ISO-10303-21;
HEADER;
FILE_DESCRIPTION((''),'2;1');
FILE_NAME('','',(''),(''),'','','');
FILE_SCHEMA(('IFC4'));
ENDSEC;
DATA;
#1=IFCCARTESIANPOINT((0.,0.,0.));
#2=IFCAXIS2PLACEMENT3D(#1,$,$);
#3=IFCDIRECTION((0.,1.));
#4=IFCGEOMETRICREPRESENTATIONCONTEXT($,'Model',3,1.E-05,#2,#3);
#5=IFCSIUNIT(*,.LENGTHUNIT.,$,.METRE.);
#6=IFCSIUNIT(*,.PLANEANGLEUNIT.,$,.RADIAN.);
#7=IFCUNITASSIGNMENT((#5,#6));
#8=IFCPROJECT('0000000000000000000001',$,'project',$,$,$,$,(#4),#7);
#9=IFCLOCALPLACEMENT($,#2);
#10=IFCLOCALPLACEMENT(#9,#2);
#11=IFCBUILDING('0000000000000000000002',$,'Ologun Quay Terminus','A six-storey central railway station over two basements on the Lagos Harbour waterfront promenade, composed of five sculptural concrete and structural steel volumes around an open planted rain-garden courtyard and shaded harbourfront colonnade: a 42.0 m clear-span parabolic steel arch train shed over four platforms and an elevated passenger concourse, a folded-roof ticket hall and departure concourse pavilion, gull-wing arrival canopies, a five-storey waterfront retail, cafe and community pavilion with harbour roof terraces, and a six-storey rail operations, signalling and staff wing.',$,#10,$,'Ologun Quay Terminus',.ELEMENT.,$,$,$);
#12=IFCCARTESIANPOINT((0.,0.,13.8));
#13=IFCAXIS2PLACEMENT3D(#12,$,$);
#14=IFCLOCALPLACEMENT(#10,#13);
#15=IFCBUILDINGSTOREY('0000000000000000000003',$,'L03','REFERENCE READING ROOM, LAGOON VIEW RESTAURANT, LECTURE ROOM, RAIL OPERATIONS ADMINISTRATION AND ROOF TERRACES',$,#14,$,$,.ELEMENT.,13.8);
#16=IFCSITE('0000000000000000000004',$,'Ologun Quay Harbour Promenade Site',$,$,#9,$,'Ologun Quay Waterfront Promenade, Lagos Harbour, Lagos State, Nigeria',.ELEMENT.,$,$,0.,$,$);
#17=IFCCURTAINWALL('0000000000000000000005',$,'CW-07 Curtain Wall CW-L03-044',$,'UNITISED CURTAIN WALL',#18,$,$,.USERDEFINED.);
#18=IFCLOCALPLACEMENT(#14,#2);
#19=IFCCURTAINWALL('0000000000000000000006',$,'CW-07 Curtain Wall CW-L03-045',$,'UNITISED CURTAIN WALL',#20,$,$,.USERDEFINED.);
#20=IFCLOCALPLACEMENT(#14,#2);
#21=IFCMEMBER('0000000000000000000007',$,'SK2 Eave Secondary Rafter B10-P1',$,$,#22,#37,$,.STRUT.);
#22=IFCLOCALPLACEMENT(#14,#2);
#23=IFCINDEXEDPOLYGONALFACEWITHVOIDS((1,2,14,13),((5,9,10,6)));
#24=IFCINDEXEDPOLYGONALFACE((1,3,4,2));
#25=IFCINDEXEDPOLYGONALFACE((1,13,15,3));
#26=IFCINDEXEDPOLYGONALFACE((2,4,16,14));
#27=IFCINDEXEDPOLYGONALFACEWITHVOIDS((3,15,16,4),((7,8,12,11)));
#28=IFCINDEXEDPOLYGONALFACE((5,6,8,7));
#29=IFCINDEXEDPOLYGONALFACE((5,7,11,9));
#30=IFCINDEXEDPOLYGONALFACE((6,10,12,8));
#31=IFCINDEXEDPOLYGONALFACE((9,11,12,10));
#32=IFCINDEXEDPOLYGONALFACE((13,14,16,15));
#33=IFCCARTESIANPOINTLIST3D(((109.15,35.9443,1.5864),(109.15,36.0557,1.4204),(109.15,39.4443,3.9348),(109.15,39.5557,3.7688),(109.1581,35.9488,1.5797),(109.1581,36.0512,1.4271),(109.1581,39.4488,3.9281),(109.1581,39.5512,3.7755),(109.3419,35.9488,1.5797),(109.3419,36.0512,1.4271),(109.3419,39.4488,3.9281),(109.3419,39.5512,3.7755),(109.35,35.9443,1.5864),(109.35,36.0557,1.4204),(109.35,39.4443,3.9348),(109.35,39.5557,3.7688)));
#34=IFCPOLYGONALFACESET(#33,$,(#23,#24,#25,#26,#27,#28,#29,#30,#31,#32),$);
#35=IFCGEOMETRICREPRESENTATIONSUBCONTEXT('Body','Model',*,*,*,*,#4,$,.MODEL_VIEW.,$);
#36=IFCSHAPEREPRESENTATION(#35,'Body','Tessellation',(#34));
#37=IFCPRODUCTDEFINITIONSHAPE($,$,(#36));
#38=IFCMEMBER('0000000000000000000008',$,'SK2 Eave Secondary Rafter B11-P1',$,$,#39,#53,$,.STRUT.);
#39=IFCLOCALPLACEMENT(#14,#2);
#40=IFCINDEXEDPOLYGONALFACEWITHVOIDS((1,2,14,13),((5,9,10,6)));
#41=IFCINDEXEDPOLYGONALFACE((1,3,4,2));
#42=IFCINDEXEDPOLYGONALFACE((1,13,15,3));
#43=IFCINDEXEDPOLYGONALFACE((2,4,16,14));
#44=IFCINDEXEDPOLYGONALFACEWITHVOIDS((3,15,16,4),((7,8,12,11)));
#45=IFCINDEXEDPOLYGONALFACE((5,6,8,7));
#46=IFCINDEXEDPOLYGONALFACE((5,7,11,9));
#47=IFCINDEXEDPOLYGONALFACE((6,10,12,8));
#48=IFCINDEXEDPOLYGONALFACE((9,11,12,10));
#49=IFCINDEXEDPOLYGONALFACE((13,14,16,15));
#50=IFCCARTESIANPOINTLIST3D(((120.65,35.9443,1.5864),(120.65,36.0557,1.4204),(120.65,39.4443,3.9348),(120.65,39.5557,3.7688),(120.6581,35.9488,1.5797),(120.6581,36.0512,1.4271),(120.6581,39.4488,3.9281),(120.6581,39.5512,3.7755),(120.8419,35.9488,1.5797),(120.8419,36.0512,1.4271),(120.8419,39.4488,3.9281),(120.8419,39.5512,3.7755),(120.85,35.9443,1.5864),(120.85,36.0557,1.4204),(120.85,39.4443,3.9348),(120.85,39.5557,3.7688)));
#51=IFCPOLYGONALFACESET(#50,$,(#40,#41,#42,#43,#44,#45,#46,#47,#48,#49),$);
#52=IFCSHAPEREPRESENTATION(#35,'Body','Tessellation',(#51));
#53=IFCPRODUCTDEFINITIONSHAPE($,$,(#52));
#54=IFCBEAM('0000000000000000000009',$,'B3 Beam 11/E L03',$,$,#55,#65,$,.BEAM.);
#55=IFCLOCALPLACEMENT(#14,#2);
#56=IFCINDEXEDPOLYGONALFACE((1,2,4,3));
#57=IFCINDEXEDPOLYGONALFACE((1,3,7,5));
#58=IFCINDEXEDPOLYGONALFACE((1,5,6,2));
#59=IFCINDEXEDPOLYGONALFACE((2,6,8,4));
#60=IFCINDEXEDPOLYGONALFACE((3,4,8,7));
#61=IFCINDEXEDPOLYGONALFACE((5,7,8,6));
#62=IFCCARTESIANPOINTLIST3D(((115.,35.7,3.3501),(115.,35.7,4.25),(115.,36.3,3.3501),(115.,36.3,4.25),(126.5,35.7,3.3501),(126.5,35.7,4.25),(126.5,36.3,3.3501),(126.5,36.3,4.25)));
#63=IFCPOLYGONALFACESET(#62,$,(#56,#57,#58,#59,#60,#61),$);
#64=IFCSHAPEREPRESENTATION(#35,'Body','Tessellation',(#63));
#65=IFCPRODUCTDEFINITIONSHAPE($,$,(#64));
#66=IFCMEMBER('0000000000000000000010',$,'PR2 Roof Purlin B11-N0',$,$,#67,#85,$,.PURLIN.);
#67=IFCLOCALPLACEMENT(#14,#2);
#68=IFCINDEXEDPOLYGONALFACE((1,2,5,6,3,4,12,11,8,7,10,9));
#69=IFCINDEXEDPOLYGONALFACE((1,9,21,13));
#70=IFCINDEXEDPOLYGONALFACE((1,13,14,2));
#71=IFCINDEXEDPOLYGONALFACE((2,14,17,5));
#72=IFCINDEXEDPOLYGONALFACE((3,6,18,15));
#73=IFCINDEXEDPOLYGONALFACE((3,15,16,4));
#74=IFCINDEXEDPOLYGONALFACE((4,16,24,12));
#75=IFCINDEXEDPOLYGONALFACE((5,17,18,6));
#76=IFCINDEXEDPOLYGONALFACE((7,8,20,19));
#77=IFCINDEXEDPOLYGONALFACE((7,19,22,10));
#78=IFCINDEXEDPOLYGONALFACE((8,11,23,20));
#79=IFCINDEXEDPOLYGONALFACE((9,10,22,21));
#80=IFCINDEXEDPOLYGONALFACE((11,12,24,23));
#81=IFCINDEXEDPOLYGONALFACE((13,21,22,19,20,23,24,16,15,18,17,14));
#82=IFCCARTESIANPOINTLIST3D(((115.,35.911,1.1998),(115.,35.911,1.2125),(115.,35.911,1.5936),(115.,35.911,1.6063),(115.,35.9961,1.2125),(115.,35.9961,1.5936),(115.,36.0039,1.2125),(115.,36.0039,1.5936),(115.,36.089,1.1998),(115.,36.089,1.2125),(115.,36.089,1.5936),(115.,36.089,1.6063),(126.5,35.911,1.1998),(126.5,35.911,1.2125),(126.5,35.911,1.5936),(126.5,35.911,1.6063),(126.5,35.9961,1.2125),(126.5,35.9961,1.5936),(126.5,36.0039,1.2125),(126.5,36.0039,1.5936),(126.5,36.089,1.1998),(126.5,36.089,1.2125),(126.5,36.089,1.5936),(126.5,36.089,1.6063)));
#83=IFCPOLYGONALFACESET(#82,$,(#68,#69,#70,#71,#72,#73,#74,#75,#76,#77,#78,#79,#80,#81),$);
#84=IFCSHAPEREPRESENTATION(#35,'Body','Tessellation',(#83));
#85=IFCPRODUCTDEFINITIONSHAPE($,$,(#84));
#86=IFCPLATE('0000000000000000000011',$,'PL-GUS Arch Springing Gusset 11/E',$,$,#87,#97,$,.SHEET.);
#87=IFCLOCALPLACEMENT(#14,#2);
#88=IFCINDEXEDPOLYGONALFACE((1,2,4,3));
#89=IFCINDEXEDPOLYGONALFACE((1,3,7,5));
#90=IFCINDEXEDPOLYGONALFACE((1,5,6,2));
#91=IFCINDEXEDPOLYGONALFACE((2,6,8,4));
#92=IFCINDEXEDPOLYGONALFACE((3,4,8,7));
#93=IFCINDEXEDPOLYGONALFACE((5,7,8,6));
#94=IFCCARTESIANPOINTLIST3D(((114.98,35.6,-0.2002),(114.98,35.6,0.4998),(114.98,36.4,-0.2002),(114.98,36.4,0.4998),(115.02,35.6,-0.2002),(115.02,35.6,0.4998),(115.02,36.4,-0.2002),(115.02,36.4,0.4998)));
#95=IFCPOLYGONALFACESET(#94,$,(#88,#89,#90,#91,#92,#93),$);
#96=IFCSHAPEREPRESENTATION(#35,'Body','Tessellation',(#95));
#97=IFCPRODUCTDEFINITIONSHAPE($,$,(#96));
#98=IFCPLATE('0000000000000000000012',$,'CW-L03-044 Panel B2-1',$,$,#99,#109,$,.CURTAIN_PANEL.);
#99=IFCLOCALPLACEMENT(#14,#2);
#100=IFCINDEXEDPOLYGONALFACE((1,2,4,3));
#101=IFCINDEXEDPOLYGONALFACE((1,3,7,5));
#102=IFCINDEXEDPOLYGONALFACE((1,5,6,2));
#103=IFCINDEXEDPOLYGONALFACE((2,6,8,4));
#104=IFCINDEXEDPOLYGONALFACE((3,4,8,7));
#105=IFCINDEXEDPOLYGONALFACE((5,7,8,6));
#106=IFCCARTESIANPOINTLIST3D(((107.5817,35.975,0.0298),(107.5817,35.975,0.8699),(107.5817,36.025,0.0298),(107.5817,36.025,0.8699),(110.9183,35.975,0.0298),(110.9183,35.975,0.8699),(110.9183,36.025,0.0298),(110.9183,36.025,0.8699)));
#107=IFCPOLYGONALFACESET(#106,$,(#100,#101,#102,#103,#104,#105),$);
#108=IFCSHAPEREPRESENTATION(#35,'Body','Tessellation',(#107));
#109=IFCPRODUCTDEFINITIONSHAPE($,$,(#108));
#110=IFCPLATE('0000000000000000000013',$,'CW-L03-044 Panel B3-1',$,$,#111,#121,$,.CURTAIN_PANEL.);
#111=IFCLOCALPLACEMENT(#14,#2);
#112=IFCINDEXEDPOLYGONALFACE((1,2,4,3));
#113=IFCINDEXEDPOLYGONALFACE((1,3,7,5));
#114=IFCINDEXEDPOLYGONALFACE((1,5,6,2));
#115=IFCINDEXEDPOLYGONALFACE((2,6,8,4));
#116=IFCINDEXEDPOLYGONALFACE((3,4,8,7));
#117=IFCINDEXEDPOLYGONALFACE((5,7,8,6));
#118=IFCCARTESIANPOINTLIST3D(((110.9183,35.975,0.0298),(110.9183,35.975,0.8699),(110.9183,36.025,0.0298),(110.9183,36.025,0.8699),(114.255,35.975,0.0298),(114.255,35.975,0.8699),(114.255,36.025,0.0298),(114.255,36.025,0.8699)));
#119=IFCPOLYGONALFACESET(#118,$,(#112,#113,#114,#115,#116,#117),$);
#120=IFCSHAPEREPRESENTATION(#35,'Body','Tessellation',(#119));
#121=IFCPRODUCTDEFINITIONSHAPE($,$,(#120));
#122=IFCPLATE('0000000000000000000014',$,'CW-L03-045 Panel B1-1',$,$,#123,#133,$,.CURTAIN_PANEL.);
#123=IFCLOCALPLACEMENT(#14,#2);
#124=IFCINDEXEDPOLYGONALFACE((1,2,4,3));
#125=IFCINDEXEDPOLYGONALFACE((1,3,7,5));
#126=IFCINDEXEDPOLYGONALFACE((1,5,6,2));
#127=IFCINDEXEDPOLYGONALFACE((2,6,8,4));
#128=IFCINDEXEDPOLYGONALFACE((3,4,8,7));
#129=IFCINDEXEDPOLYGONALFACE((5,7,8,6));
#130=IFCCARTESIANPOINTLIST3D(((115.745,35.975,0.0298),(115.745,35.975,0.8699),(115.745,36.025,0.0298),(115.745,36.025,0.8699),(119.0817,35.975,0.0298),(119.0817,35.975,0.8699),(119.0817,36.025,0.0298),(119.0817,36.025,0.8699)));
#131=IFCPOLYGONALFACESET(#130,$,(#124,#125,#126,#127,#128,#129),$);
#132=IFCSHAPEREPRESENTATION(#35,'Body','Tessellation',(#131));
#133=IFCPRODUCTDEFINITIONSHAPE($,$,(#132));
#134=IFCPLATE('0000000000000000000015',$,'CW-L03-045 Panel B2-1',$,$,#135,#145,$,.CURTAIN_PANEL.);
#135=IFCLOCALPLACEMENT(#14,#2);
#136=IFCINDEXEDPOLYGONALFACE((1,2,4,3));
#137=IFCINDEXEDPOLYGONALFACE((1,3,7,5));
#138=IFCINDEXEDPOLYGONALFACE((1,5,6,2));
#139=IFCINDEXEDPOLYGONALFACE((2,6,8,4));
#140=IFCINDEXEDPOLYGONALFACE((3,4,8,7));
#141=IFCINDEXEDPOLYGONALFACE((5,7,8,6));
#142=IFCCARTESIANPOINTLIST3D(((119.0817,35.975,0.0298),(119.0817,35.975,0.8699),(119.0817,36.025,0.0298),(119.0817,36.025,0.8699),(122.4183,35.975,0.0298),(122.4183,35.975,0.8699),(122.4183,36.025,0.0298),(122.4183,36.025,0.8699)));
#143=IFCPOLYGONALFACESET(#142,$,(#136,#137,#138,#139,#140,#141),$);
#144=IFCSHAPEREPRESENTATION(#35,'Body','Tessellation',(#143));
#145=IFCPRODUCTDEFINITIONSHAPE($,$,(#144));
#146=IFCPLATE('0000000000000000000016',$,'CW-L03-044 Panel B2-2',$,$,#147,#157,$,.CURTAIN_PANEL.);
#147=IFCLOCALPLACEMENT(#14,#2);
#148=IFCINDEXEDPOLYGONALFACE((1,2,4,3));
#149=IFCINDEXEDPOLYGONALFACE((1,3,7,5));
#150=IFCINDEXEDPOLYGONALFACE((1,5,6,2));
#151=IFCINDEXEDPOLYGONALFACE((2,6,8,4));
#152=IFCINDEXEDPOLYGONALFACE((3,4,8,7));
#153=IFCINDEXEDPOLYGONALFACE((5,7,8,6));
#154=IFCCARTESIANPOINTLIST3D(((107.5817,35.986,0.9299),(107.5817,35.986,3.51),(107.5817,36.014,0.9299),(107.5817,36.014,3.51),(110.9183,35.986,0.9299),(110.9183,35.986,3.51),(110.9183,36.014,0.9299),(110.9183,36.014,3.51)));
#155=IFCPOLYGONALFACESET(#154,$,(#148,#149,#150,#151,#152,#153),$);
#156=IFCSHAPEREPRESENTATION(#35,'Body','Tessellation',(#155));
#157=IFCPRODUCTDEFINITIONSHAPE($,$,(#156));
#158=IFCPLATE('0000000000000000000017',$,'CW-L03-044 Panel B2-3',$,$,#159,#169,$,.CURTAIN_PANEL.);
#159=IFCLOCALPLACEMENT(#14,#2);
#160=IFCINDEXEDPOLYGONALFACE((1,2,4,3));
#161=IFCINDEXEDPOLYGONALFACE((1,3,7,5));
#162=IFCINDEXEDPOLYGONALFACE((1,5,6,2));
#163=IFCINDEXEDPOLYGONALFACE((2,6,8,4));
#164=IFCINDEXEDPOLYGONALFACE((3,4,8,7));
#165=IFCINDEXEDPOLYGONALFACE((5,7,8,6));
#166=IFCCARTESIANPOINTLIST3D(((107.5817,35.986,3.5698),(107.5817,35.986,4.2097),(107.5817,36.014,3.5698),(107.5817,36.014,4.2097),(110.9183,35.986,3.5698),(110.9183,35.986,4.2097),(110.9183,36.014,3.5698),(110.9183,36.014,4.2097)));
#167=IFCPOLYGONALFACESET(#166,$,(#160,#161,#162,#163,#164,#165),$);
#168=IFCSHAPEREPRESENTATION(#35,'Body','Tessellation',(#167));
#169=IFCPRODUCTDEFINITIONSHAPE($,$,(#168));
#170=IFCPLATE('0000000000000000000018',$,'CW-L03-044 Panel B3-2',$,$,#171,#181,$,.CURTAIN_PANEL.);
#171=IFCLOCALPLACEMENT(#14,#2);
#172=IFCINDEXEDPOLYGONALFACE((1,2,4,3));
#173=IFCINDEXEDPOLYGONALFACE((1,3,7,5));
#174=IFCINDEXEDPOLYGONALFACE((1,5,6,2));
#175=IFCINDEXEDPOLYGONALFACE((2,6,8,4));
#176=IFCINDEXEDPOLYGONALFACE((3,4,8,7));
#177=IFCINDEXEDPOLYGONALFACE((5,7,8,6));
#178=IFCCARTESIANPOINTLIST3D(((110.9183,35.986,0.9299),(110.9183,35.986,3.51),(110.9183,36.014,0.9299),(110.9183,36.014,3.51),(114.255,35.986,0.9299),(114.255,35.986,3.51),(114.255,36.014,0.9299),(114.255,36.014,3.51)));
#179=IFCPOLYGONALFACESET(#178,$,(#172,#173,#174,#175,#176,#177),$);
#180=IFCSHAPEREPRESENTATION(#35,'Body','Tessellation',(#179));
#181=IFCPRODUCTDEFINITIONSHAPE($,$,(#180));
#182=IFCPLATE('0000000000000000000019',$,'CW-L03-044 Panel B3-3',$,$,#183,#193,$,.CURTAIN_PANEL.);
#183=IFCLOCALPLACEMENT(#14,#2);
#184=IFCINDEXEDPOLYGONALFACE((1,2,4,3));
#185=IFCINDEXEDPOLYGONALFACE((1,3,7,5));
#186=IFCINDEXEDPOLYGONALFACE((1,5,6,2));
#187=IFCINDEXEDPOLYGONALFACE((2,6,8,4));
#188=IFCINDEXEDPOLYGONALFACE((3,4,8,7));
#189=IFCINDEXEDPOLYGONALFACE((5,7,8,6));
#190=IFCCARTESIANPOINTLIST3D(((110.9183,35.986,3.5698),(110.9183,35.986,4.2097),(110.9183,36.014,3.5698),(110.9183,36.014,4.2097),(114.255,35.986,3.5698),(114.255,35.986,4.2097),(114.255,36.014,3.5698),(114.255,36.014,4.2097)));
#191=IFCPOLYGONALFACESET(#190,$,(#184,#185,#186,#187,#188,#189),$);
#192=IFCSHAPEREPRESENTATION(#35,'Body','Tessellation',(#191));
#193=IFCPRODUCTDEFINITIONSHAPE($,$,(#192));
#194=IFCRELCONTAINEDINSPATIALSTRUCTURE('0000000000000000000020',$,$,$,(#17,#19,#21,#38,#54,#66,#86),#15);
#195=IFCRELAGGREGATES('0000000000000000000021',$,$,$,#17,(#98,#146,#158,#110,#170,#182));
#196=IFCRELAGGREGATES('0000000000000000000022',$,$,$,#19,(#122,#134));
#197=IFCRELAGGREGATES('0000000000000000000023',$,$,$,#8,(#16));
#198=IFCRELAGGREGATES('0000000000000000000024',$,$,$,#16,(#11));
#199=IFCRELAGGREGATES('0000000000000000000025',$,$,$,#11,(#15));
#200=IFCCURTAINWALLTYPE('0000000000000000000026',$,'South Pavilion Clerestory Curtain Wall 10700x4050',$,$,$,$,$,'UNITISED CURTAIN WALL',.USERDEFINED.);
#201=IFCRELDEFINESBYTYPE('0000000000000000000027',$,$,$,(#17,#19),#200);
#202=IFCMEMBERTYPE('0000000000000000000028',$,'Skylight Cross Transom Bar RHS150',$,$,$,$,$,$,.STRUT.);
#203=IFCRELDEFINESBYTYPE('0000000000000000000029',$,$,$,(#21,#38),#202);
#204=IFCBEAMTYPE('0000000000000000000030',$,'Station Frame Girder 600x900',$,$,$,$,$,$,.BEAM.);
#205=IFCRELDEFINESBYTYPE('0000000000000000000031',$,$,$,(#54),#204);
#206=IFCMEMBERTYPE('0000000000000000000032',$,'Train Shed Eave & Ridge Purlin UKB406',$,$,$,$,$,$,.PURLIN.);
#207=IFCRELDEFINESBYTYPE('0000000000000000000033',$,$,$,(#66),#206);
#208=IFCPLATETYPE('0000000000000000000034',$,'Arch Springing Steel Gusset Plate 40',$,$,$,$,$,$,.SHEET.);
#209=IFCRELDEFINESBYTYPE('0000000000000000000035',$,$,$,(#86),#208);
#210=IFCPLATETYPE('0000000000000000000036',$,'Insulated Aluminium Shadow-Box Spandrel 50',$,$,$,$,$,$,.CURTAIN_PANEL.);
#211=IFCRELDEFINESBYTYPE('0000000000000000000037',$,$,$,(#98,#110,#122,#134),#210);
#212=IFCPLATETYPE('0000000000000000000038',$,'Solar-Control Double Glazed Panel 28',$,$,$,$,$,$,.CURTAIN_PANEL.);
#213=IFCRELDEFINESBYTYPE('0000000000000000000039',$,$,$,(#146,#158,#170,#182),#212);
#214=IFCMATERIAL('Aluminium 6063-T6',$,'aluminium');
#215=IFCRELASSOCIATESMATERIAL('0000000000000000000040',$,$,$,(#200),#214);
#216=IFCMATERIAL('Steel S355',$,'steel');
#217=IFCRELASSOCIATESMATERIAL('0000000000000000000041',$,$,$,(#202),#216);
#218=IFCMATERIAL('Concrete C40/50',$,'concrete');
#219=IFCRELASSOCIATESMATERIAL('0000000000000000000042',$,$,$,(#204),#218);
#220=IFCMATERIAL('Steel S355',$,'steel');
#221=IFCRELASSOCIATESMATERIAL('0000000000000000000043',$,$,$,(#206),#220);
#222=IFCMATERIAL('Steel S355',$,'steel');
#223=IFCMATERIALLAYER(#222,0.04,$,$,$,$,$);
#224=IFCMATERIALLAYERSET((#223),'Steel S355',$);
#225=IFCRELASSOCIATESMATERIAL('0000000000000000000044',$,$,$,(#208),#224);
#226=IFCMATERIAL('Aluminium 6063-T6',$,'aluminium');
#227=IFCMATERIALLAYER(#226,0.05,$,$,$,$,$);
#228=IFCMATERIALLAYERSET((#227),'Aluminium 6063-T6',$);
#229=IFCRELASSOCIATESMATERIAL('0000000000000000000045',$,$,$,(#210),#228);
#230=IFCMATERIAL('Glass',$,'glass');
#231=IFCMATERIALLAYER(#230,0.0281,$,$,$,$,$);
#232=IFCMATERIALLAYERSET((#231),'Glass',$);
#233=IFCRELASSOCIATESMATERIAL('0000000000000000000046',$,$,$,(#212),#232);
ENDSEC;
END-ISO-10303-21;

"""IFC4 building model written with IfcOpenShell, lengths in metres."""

from ifc_helpers import new_model, si_unit, direction, frame, origin, origin_2d, place, context, subcontext, project, spatial, rectangle, hollow_rectangle, i_section, extrude, material, layer, layer_set, material_profile, profile_set, type_object, element, aggregate, save


model = new_model("IFC4")

# Units and contexts
model_context = context("Model", 3, precision=1e-05, world=origin(), true_north=direction((0.0, 1.0)))
body_context = subcontext(model_context, "Body", "Model", "MODEL_VIEW")
ifc_project = project(units=[si_unit("LENGTHUNIT", "METRE"), si_unit("PLANEANGLEUNIT", "RADIAN")], contexts=[model_context])

# Site, building, storey
site_placement = place(None, origin())
site = spatial("IfcSite", under=ifc_project, at=site_placement, Name="Ologun Quay Harbour Promenade Site", LongName="Ologun Quay Waterfront Promenade, Lagos Harbour, Lagos State, Nigeria", CompositionType="ELEMENT", RefElevation=0.0)
building_placement = place(site_placement, origin())
building = spatial("IfcBuilding", under=site, at=building_placement, Name="Ologun Quay Terminus", Description="A six-storey central railway station over two basements on the Lagos Harbour waterfront promenade, composed of five sculptural concrete and structural steel volumes around an open planted rain-garden courtyard and shaded harbourfront colonnade: a 42.0 m clear-span parabolic steel arch train shed over four platforms and an elevated passenger concourse, a folded-roof ticket hall and departure concourse pavilion, gull-wing arrival canopies, a five-storey waterfront retail, cafe and community pavilion with harbour roof terraces, and a six-storey rail operations, signalling and staff wing.", LongName="Ologun Quay Terminus", CompositionType="ELEMENT")
storey_placement = place(building_placement, frame((0.0, 0.0, 13.8)))
storey = spatial("IfcBuildingStorey", under=building, at=storey_placement, Name="L03", Description="REFERENCE READING ROOM, LAGOON VIEW RESTAURANT, LECTURE ROOM, RAIL OPERATIONS ADMINISTRATION AND ROOF TERRACES", CompositionType="ELEMENT", Elevation=13.8)

# Curtain walls
ifc_material_1 = material(Name="Aluminium 6063-T6", Category="aluminium")
curtain_wall_type = type_object("IfcCurtainWallType", Name="South Pavilion Clerestory Curtain Wall 10700x4050", ElementType="UNITISED CURTAIN WALL", PredefinedType="USERDEFINED", material=ifc_material_1)
curtain_wall_1_placement = place(storey_placement, origin())
curtain_wall_1 = element("IfcCurtainWall", 1, at=curtain_wall_1_placement, inside=storey, type_object=curtain_wall_type, Name="CW-07 Curtain Wall CW-L03-044", ObjectType="UNITISED CURTAIN WALL", PredefinedType="USERDEFINED")
curtain_wall_2_placement = place(storey_placement, origin())
curtain_wall_2 = element("IfcCurtainWall", 2, at=curtain_wall_2_placement, inside=storey, type_object=curtain_wall_type, Name="CW-07 Curtain Wall CW-L03-045", ObjectType="UNITISED CURTAIN WALL", PredefinedType="USERDEFINED")

# Members
ifc_material_2 = material(Name="Steel S355", Category="steel")
ifc_material_profile_1 = material_profile(ifc_material_2, hollow_rectangle(XDim=0.2, YDim=0.2, WallThickness=0.0081, at=origin_2d()), Name="SHS 200x200x8")
ifc_profile_set_1 = profile_set([ifc_material_profile_1], Name="Steel S355")
member_type_1 = type_object("IfcMemberType", Name="Skylight Cross Transom Bar RHS150", PredefinedType="STRUT", material=ifc_profile_set_1)
for number, where, z_axis, x_axis, name in (
    (3, (109.25, 36.0, 1.5034), (0.0, 0.830398, 0.557171), (-1.0, 0.0, 0.0), "SK2 Eave Secondary Rafter B10-P1"),
    (4, (120.75, 36.0, 1.5034), (0.0, 0.830398, 0.557171), (-1.0, 0.0, 0.0), "SK2 Eave Secondary Rafter B11-P1"),
):
    element("IfcMember", number, at=place(storey_placement, frame(where, z_axis=z_axis, x_axis=x_axis)), inside=storey, type_object=member_type_1, Name=name, PredefinedType="STRUT", context=body_context, shape_type="SweptSolid", body=[
        extrude(hollow_rectangle(XDim=0.2, YDim=0.2, WallThickness=0.0081, at=origin_2d()), origin(), (0.0, 0.0, 1.0), 4.2148),
    ])

# Beam
ifc_material_3 = material(Name="Concrete C40/50", Category="concrete")
ifc_material_profile_2 = material_profile(ifc_material_3, rectangle(XDim=0.6001, YDim=0.8999, at=origin_2d()), Name="RC 600x900")
ifc_profile_set_2 = profile_set([ifc_material_profile_2], Name="Concrete C40/50")
beam_type = type_object("IfcBeamType", Name="Station Frame Girder 600x900", PredefinedType="BEAM", material=ifc_profile_set_2)
beam_placement = place(storey_placement, frame((115.0, 36.0, 3.8), z_axis=(1.0, 0.0, 0.0), x_axis=(0.0, 1.0, 0.0)))
element("IfcBeam", 5, at=beam_placement, inside=storey, type_object=beam_type, Name="B3 Beam 11/E L03", PredefinedType="BEAM", context=body_context, shape_type="SweptSolid", body=[
    extrude(rectangle(XDim=0.6001, YDim=0.8999, at=origin_2d()), origin(), (0.0, 0.0, 1.0), 11.5),
])

# Member
ifc_material_4 = material(Name="Steel S355", Category="steel")
ifc_material_profile_3 = material_profile(ifc_material_4, i_section(OverallWidth=0.178, OverallDepth=0.4065, WebThickness=0.0078, FlangeThickness=0.0127, at=origin_2d()), Name="UKB 406x178x60")
ifc_profile_set_3 = profile_set([ifc_material_profile_3], Name="Steel S355")
member_type_2 = type_object("IfcMemberType", Name="Train Shed Eave & Ridge Purlin UKB406", PredefinedType="PURLIN", material=ifc_profile_set_3)
member_1_placement = place(storey_placement, frame((115.0, 36.0, 1.4031), z_axis=(1.0, 0.0, 0.0), x_axis=(0.0, 1.0, 0.0)))
element("IfcMember", 6, at=member_1_placement, inside=storey, type_object=member_type_2, Name="PR2 Roof Purlin B11-N0", PredefinedType="PURLIN", context=body_context, shape_type="SweptSolid", body=[
    extrude(i_section(OverallWidth=0.178, OverallDepth=0.4065, WebThickness=0.0078, FlangeThickness=0.0127, at=origin_2d()), origin(), (0.0, 0.0, 1.0), 11.5),
])

# Plates
ifc_material_5 = material(Name="Steel S355", Category="steel")
ifc_layer_1 = layer(ifc_material_5, 0.04)
ifc_layer_set_1 = layer_set([ifc_layer_1], Name="Steel S355")
plate_type_1 = type_object("IfcPlateType", Name="Arch Springing Steel Gusset Plate 40", PredefinedType="SHEET", material=ifc_layer_set_1)
plate_1_placement = place(storey_placement, frame((115.0, 36.0, -0.2002), z_axis=(0.0, 0.0, 1.0), x_axis=(0.0, 1.0, 0.0)))
element("IfcPlate", 7, at=plate_1_placement, inside=storey, type_object=plate_type_1, Name="PL-GUS Arch Springing Gusset 11/E", PredefinedType="SHEET", context=body_context, shape_type="SweptSolid", body=[
    extrude(rectangle(XDim=0.8, YDim=0.04, at=origin_2d()), origin(), (0.0, 0.0, 1.0), 0.7),
])
ifc_material_6 = material(Name="Aluminium 6063-T6", Category="aluminium")
ifc_layer_2 = layer(ifc_material_6, 0.05)
ifc_layer_set_2 = layer_set([ifc_layer_2], Name="Aluminium 6063-T6")
plate_type_2 = type_object("IfcPlateType", Name="Insulated Aluminium Shadow-Box Spandrel 50", PredefinedType="CURTAIN_PANEL", material=ifc_layer_set_2)
plate_2_placement = place(storey_placement, frame((109.25, 36.0, 0.0298), z_axis=(0.0, 0.0, 1.0), x_axis=(1.0, 0.0, 0.0)))
plate_2 = element("IfcPlate", 8, at=plate_2_placement, type_object=plate_type_2, Name="CW-L03-044 Panel B2-1", PredefinedType="CURTAIN_PANEL", context=body_context, shape_type="SweptSolid", body=[
    extrude(rectangle(XDim=3.3367, YDim=0.05, at=origin_2d()), origin(), (0.0, 0.0, 1.0), 0.8401),
])
plate_3_placement = place(storey_placement, frame((112.5867, 36.0, 0.0298), z_axis=(0.0, 0.0, 1.0), x_axis=(1.0, 0.0, 0.0)))
plate_3 = element("IfcPlate", 9, at=plate_3_placement, type_object=plate_type_2, Name="CW-L03-044 Panel B3-1", PredefinedType="CURTAIN_PANEL", context=body_context, shape_type="SweptSolid", body=[
    extrude(rectangle(XDim=3.3367, YDim=0.05, at=origin_2d()), origin(), (0.0, 0.0, 1.0), 0.8401),
])
plate_4_placement = place(storey_placement, frame((117.4133, 36.0, 0.0298), z_axis=(0.0, 0.0, 1.0), x_axis=(1.0, 0.0, 0.0)))
plate_4 = element("IfcPlate", 10, at=plate_4_placement, type_object=plate_type_2, Name="CW-L03-045 Panel B1-1", PredefinedType="CURTAIN_PANEL", context=body_context, shape_type="SweptSolid", body=[
    extrude(rectangle(XDim=3.3367, YDim=0.05, at=origin_2d()), origin(), (0.0, 0.0, 1.0), 0.8401),
])
plate_5_placement = place(storey_placement, frame((120.75, 36.0, 0.0298), z_axis=(0.0, 0.0, 1.0), x_axis=(1.0, 0.0, 0.0)))
plate_5 = element("IfcPlate", 11, at=plate_5_placement, type_object=plate_type_2, Name="CW-L03-045 Panel B2-1", PredefinedType="CURTAIN_PANEL", context=body_context, shape_type="SweptSolid", body=[
    extrude(rectangle(XDim=3.3367, YDim=0.05, at=origin_2d()), origin(), (0.0, 0.0, 1.0), 0.8401),
])
ifc_material_7 = material(Name="Glass", Category="glass")
ifc_layer_3 = layer(ifc_material_7, 0.0281)
ifc_layer_set_3 = layer_set([ifc_layer_3], Name="Glass")
plate_type_3 = type_object("IfcPlateType", Name="Solar-Control Double Glazed Panel 28", PredefinedType="CURTAIN_PANEL", material=ifc_layer_set_3)
plate_6_placement = place(storey_placement, frame((109.25, 36.0, 0.9299), z_axis=(0.0, 0.0, 1.0), x_axis=(1.0, 0.0, 0.0)))
plate_6 = element("IfcPlate", 12, at=plate_6_placement, type_object=plate_type_3, Name="CW-L03-044 Panel B2-2", PredefinedType="CURTAIN_PANEL", context=body_context, shape_type="SweptSolid", body=[
    extrude(rectangle(XDim=3.3367, YDim=0.0281, at=origin_2d()), origin(), (0.0, 0.0, 1.0), 2.5801),
])
plate_7_placement = place(storey_placement, frame((109.25, 36.0, 3.5698), z_axis=(0.0, 0.0, 1.0), x_axis=(1.0, 0.0, 0.0)))
plate_7 = element("IfcPlate", 13, at=plate_7_placement, type_object=plate_type_3, Name="CW-L03-044 Panel B2-3", PredefinedType="CURTAIN_PANEL", context=body_context, shape_type="SweptSolid", body=[
    extrude(rectangle(XDim=3.3367, YDim=0.0281, at=origin_2d()), origin(), (0.0, 0.0, 1.0), 0.6399),
])
plate_8_placement = place(storey_placement, frame((112.5867, 36.0, 0.9299), z_axis=(0.0, 0.0, 1.0), x_axis=(1.0, 0.0, 0.0)))
plate_8 = element("IfcPlate", 14, at=plate_8_placement, type_object=plate_type_3, Name="CW-L03-044 Panel B3-2", PredefinedType="CURTAIN_PANEL", context=body_context, shape_type="SweptSolid", body=[
    extrude(rectangle(XDim=3.3367, YDim=0.0281, at=origin_2d()), origin(), (0.0, 0.0, 1.0), 2.5801),
])
plate_9_placement = place(storey_placement, frame((112.5867, 36.0, 3.5698), z_axis=(0.0, 0.0, 1.0), x_axis=(1.0, 0.0, 0.0)))
plate_9 = element("IfcPlate", 15, at=plate_9_placement, type_object=plate_type_3, Name="CW-L03-044 Panel B3-3", PredefinedType="CURTAIN_PANEL", context=body_context, shape_type="SweptSolid", body=[
    extrude(rectangle(XDim=3.3367, YDim=0.0281, at=origin_2d()), origin(), (0.0, 0.0, 1.0), 0.6399),
])
aggregate(curtain_wall_1, [plate_2, plate_6, plate_7, plate_3, plate_8, plate_9])
aggregate(curtain_wall_2, [plate_4, plate_5])

save(model, "model.ifc")
